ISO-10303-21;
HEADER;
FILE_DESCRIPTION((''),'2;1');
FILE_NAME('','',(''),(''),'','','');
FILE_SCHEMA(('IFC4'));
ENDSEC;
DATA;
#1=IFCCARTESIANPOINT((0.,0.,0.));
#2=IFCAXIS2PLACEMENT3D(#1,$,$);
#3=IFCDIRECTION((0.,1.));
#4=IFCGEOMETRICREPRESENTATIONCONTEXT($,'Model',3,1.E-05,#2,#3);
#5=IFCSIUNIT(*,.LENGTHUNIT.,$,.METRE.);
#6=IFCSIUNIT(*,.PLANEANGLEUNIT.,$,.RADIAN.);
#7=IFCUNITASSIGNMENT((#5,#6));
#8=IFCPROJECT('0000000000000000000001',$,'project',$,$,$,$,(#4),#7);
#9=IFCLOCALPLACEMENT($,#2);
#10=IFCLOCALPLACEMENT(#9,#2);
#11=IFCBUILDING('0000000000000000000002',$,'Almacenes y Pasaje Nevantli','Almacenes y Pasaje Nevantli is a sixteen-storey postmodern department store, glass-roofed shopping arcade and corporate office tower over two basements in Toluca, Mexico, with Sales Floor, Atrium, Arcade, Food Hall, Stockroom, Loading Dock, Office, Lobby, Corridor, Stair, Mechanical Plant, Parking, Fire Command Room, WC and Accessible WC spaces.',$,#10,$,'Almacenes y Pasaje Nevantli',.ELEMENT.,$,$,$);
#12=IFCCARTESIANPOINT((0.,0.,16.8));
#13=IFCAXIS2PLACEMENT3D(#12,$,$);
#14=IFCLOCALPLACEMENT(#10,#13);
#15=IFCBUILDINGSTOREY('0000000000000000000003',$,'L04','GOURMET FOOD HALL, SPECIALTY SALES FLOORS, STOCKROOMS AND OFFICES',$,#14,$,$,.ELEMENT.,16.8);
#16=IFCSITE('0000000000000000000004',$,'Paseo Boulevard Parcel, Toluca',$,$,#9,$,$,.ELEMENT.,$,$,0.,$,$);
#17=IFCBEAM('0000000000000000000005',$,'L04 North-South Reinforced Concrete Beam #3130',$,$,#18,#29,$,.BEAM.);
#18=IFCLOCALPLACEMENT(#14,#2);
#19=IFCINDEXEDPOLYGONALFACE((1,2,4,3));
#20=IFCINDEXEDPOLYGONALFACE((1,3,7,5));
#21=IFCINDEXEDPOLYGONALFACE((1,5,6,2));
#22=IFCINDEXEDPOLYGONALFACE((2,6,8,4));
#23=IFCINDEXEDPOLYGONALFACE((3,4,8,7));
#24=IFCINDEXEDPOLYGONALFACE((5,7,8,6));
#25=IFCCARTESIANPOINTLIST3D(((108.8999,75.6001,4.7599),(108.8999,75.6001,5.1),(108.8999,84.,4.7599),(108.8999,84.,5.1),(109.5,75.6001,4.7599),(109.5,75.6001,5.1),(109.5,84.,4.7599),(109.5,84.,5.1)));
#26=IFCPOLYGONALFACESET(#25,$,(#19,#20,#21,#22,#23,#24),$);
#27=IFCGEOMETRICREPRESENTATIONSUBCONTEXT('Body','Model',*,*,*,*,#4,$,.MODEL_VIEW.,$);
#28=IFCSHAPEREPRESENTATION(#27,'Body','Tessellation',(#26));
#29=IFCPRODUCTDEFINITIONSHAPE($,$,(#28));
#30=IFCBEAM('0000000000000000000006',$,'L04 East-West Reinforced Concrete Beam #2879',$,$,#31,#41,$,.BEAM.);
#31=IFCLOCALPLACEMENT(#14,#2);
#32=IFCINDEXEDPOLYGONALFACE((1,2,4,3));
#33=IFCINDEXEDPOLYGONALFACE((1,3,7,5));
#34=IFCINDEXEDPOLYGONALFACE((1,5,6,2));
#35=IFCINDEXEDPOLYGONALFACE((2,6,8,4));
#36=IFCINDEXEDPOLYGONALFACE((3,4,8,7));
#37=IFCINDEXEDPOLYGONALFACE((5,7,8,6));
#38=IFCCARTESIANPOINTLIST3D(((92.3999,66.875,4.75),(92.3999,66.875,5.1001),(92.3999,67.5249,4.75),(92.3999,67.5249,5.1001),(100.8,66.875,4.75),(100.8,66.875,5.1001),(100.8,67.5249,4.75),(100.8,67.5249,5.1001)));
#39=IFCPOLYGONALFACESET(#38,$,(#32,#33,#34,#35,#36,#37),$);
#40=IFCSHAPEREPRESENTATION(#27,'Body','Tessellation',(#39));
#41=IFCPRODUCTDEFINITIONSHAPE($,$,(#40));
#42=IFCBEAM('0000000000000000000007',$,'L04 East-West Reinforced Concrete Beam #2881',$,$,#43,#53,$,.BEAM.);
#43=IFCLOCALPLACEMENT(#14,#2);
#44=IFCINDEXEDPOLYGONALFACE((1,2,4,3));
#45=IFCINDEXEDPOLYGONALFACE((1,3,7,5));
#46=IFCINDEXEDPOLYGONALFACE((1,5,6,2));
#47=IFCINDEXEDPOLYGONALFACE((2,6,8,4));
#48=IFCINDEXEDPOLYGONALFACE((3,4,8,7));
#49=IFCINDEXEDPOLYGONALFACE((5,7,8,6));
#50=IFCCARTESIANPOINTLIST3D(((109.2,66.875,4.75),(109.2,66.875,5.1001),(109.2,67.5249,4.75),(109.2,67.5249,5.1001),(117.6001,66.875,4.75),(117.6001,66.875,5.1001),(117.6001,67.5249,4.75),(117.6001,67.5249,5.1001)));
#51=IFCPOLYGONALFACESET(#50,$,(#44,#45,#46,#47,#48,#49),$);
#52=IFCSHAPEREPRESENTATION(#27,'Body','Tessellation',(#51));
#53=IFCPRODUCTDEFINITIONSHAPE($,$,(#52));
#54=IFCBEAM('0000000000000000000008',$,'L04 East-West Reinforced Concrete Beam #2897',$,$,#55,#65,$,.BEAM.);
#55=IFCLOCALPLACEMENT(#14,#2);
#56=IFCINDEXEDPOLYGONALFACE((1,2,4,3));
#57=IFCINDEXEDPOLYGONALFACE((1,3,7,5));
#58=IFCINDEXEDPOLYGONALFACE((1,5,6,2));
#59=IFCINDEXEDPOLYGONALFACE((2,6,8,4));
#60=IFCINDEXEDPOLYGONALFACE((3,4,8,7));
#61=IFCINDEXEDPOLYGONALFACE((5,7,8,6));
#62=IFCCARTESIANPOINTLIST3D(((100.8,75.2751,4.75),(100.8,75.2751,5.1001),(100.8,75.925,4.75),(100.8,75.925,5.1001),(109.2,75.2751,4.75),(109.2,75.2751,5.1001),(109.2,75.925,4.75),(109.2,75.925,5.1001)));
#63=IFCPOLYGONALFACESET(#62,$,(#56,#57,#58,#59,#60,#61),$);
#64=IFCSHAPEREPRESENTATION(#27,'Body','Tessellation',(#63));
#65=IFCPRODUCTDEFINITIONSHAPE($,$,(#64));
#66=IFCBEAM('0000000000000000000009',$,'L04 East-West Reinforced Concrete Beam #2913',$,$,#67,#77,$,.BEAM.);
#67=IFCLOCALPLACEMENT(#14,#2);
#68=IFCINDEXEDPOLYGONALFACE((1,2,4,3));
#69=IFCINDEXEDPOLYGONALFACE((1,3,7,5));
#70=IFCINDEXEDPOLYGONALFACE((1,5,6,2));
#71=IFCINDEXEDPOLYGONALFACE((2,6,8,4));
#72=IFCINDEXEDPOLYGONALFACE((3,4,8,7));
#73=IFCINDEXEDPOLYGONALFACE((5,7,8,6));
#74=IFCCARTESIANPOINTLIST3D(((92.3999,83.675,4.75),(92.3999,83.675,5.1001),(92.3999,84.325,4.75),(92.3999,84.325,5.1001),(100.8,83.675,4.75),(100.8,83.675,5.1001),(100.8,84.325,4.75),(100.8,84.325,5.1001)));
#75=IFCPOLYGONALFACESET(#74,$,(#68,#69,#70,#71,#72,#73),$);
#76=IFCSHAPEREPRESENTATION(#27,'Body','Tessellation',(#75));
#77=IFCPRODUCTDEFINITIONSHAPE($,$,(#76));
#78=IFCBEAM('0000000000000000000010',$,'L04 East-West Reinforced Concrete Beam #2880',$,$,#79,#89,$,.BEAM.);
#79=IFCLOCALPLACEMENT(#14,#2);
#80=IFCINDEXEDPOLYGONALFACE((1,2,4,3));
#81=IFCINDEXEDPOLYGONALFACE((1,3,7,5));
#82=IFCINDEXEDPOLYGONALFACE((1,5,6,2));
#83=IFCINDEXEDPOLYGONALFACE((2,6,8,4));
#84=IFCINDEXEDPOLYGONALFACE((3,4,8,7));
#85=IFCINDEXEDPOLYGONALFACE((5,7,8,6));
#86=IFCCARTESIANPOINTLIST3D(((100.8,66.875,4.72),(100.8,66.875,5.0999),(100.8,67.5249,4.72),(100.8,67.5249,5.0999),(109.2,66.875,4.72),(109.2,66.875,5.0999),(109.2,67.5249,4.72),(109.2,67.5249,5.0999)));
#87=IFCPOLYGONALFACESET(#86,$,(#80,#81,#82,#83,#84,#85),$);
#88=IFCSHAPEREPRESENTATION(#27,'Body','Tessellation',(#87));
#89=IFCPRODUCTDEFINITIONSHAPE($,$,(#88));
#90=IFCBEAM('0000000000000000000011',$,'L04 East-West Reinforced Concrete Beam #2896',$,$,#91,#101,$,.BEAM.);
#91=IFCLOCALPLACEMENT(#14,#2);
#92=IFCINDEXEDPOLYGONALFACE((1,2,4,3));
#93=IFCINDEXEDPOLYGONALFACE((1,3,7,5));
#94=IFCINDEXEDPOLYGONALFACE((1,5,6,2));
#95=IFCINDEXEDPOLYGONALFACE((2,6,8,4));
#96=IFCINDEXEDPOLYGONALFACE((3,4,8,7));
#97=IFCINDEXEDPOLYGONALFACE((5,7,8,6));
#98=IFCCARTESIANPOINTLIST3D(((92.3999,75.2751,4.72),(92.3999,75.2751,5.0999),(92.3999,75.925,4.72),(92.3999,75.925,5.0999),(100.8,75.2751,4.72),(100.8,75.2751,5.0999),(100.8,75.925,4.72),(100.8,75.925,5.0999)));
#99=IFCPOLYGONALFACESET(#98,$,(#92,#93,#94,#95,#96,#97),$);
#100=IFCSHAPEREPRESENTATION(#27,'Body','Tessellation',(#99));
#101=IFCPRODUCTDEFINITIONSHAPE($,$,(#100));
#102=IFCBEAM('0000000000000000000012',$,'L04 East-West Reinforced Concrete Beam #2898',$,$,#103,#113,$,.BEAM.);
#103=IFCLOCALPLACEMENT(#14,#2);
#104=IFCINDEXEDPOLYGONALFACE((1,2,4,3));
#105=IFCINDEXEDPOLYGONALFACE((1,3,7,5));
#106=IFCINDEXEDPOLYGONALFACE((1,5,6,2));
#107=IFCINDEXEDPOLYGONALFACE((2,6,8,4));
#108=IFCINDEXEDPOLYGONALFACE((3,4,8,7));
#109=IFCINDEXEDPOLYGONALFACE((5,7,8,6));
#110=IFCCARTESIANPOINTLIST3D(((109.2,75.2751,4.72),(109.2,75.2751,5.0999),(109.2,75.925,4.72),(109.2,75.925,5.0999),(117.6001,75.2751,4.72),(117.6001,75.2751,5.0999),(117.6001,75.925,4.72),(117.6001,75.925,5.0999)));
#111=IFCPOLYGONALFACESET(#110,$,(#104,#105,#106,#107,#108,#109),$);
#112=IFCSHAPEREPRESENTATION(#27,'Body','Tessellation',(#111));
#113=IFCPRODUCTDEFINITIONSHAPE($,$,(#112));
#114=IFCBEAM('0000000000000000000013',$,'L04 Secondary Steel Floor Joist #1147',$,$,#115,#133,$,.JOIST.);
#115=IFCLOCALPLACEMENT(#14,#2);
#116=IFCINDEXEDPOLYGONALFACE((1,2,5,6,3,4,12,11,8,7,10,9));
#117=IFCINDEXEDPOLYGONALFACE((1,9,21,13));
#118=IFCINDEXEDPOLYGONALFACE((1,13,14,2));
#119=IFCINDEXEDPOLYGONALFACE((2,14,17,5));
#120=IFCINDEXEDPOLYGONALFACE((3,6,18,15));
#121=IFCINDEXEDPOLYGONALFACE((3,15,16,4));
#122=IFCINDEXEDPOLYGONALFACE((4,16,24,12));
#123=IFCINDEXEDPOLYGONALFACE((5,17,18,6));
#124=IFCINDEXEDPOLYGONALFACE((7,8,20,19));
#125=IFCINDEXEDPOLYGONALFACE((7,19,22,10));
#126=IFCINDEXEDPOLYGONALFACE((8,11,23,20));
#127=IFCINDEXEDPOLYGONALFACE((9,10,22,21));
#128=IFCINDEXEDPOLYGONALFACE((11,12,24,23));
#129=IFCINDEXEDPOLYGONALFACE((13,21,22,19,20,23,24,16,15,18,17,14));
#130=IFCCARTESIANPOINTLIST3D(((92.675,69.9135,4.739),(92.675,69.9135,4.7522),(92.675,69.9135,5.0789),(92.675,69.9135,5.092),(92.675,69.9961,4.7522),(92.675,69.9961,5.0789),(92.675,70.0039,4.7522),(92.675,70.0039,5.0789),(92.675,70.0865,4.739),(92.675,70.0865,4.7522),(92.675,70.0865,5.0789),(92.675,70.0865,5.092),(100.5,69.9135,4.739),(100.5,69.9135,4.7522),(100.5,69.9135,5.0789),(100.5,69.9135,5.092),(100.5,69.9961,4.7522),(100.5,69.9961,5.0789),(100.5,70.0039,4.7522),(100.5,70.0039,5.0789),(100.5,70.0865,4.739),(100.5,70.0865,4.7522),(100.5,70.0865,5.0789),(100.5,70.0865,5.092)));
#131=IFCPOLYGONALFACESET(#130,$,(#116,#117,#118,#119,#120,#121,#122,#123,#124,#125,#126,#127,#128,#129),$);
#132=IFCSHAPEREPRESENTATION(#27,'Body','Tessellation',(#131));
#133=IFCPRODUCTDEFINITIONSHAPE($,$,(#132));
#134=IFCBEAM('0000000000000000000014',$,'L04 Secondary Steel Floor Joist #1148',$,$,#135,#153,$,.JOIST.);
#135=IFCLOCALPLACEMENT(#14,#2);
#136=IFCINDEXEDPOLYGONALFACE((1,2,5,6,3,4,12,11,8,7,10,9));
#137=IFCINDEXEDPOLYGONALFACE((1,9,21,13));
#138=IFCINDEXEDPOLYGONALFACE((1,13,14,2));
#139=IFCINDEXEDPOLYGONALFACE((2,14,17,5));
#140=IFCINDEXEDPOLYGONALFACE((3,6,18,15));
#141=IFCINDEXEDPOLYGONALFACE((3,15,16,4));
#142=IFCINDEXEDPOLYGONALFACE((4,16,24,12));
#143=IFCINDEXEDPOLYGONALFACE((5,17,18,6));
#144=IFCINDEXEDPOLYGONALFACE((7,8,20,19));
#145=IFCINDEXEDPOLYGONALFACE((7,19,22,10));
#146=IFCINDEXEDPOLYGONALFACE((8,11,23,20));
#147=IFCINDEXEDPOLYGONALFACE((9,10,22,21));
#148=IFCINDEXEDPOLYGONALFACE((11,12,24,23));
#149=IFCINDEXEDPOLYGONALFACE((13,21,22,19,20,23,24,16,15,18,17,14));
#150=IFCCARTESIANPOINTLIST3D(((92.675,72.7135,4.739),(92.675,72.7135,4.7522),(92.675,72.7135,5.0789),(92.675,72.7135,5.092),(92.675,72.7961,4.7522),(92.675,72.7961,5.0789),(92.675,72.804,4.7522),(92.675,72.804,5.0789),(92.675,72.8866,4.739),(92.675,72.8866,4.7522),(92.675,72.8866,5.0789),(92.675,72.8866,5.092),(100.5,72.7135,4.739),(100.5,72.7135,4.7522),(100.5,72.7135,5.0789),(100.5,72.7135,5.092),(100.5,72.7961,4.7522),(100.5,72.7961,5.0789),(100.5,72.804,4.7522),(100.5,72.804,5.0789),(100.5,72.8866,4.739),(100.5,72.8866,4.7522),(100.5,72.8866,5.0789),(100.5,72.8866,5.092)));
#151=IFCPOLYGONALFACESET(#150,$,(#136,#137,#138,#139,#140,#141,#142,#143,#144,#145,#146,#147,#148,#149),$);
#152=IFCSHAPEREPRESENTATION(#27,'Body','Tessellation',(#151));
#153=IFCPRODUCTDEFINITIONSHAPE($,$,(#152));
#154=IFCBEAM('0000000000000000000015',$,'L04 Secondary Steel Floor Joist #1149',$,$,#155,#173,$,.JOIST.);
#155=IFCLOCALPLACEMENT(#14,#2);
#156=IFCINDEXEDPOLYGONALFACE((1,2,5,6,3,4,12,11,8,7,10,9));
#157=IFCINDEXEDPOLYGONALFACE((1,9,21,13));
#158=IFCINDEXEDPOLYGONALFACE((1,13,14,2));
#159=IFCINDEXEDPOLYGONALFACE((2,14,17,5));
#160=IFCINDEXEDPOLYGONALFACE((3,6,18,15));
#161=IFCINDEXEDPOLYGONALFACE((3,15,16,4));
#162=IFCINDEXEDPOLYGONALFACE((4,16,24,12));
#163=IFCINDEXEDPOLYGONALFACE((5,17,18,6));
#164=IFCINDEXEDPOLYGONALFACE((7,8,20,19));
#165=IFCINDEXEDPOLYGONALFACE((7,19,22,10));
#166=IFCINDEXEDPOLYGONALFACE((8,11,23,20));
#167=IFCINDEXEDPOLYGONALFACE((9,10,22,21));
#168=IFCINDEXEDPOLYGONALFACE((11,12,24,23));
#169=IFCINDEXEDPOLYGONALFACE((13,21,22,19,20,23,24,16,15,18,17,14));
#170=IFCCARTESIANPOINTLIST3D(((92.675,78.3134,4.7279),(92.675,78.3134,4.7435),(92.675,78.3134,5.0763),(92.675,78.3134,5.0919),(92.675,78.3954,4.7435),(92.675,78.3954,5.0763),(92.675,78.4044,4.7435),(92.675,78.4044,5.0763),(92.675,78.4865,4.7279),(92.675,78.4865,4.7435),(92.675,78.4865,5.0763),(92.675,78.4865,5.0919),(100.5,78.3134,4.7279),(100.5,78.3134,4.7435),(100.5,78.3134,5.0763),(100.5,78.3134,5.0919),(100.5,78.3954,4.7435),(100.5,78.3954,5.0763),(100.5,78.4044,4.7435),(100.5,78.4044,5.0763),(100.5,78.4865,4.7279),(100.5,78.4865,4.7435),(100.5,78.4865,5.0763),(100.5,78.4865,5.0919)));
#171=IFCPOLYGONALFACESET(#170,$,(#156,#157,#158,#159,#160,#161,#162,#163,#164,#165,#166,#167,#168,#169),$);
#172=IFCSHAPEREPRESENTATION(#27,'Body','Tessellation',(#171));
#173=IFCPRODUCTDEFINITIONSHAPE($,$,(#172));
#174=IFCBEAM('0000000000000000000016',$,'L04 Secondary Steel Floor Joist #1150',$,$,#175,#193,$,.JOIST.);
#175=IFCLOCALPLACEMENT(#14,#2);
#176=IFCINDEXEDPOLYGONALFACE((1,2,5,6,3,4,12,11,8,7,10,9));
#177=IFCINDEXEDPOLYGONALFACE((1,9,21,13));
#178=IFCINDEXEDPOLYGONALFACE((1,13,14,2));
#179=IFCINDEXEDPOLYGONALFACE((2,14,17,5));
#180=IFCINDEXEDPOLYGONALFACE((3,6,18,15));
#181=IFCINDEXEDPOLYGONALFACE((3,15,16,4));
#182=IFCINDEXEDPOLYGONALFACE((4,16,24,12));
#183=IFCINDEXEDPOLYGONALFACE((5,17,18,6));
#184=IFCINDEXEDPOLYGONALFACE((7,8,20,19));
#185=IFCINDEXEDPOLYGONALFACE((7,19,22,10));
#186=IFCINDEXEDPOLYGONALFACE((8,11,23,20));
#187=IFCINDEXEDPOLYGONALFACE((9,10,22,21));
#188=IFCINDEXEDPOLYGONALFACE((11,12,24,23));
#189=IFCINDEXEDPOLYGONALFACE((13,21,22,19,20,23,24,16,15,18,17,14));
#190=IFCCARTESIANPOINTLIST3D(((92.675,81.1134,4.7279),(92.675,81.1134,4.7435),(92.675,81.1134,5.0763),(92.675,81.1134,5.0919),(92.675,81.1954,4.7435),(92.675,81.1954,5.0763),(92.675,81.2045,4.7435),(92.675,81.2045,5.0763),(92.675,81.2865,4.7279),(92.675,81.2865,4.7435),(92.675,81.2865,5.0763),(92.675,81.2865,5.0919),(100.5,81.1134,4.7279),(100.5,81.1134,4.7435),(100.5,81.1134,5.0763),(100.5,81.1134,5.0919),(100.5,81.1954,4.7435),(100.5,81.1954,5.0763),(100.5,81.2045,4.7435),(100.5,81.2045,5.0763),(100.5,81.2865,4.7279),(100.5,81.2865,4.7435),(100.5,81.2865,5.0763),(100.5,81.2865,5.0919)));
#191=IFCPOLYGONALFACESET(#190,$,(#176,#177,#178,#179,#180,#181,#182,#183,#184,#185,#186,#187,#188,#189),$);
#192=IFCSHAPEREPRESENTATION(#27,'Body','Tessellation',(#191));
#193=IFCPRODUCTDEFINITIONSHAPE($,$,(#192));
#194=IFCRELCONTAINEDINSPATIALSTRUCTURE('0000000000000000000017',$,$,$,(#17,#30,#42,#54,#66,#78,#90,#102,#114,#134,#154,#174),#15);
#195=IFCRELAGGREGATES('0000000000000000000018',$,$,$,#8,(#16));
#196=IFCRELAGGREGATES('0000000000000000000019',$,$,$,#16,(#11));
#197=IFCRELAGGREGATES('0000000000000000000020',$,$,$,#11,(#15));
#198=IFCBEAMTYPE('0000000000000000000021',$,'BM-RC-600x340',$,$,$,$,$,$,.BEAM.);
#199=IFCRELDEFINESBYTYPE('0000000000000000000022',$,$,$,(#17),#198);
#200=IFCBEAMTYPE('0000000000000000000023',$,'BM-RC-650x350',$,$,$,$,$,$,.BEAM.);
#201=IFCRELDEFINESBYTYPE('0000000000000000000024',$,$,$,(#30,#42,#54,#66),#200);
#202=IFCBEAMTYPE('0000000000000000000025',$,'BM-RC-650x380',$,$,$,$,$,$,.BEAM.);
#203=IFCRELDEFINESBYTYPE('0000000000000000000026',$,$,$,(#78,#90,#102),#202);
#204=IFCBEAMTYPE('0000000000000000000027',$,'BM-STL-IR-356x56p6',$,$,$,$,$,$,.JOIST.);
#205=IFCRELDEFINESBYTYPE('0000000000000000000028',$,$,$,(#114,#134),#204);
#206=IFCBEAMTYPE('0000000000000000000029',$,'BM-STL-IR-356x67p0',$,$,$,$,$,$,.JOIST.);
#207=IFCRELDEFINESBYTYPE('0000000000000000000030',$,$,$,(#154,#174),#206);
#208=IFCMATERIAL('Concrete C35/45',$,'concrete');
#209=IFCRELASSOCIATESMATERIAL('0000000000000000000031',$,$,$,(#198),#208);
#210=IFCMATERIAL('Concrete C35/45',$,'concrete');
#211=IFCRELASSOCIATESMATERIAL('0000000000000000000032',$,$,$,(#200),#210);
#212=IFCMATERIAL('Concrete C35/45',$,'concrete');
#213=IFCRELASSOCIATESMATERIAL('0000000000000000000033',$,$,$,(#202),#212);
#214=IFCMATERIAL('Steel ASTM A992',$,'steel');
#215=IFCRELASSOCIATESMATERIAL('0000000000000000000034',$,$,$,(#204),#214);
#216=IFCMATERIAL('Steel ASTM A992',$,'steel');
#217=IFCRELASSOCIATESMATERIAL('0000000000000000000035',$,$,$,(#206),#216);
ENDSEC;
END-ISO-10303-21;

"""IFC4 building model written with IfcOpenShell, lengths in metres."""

from ifc_helpers import new_model, si_unit, direction, frame, origin, origin_2d, place, context, subcontext, project, spatial, rectangle, i_section, extrude, material, material_profile, profile_set, type_object, element, save


model = new_model("IFC4")

# Units and contexts
model_context = context("Model", 3, precision=1e-05, world=origin(), true_north=direction((0.0, 1.0)))
body_context = subcontext(model_context, "Body", "Model", "MODEL_VIEW")
ifc_project = project(units=[si_unit("LENGTHUNIT", "METRE"), si_unit("PLANEANGLEUNIT", "RADIAN")], contexts=[model_context])

# Site, building, storey
site_placement = place(None, origin())
site = spatial("IfcSite", under=ifc_project, at=site_placement, Name="Paseo Boulevard Parcel, Toluca", CompositionType="ELEMENT", RefElevation=0.0)
building_placement = place(site_placement, origin())
building = spatial("IfcBuilding", under=site, at=building_placement, Name="Almacenes y Pasaje Nevantli", Description="Almacenes y Pasaje Nevantli is a sixteen-storey postmodern department store, glass-roofed shopping arcade and corporate office tower over two basements in Toluca, Mexico, with Sales Floor, Atrium, Arcade, Food Hall, Stockroom, Loading Dock, Office, Lobby, Corridor, Stair, Mechanical Plant, Parking, Fire Command Room, WC and Accessible WC spaces.", LongName="Almacenes y Pasaje Nevantli", CompositionType="ELEMENT")
storey_placement = place(building_placement, frame((0.0, 0.0, 16.8)))
storey = spatial("IfcBuildingStorey", under=building, at=storey_placement, Name="L04", Description="GOURMET FOOD HALL, SPECIALTY SALES FLOORS, STOCKROOMS AND OFFICES", CompositionType="ELEMENT", Elevation=16.8)

# Beams
ifc_material_1 = material(Name="Concrete C35/45", Category="concrete")
ifc_material_profile_1 = material_profile(ifc_material_1, rectangle(XDim=0.6001, YDim=0.3401, at=origin_2d()), Name="RC-BM-600x340")
ifc_profile_set_1 = profile_set([ifc_material_profile_1], Name="Concrete C35/45")
beam_type_1 = type_object("IfcBeamType", Name="BM-RC-600x340", PredefinedType="BEAM", material=ifc_profile_set_1)
beam_1_placement = place(storey_placement, frame((109.2, 75.6001, 4.9299), z_axis=(0.0, 1.0, 0.0), x_axis=(-1.0, 0.0, 0.0)))
element("IfcBeam", 1, at=beam_1_placement, inside=storey, type_object=beam_type_1, Name="L04 North-South Reinforced Concrete Beam #3130", PredefinedType="BEAM", context=body_context, shape_type="SweptSolid", body=[
    extrude(rectangle(XDim=0.6001, YDim=0.3401, at=origin_2d()), origin(), (0.0, 0.0, 1.0), 8.3999),
])
ifc_material_2 = material(Name="Concrete C35/45", Category="concrete")
ifc_material_profile_2 = material_profile(ifc_material_2, rectangle(XDim=0.6499, YDim=0.3501, at=origin_2d()), Name="RC-BM-650x350")
ifc_profile_set_2 = profile_set([ifc_material_profile_2], Name="Concrete C35/45")
beam_type_2 = type_object("IfcBeamType", Name="BM-RC-650x350", PredefinedType="BEAM", material=ifc_profile_set_2)
for number, where, z_axis, x_axis, name in (
    (2, (92.3999, 67.2, 4.925), (1.0, 0.0, 0.0), (0.0, 1.0, 0.0), "L04 East-West Reinforced Concrete Beam #2879"),
    (3, (109.2, 67.2, 4.925), (1.0, 0.0, 0.0), (0.0, 1.0, 0.0), "L04 East-West Reinforced Concrete Beam #2881"),
):
    element("IfcBeam", number, at=place(storey_placement, frame(where, z_axis=z_axis, x_axis=x_axis)), inside=storey, type_object=beam_type_2, Name=name, PredefinedType="BEAM", context=body_context, shape_type="SweptSolid", body=[
        extrude(rectangle(XDim=0.6499, YDim=0.3501, at=origin_2d()), origin(), (0.0, 0.0, 1.0), 8.4001),
    ])
beam_2_placement = place(storey_placement, frame((100.8, 75.6001, 4.925), z_axis=(1.0, 0.0, 0.0), x_axis=(0.0, 1.0, 0.0)))
element("IfcBeam", 4, at=beam_2_placement, inside=storey, type_object=beam_type_2, Name="L04 East-West Reinforced Concrete Beam #2897", PredefinedType="BEAM", context=body_context, shape_type="SweptSolid", body=[
    extrude(rectangle(XDim=0.6499, YDim=0.3501, at=origin_2d()), origin(), (0.0, 0.0, 1.0), 8.3999),
])
beam_3_placement = place(storey_placement, frame((92.3999, 84.0, 4.925), z_axis=(1.0, 0.0, 0.0), x_axis=(0.0, 1.0, 0.0)))
element("IfcBeam", 5, at=beam_3_placement, inside=storey, type_object=beam_type_2, Name="L04 East-West Reinforced Concrete Beam #2913", PredefinedType="BEAM", context=body_context, shape_type="SweptSolid", body=[
    extrude(rectangle(XDim=0.6499, YDim=0.3501, at=origin_2d()), origin(), (0.0, 0.0, 1.0), 8.4001),
])
ifc_material_3 = material(Name="Concrete C35/45", Category="concrete")
ifc_material_profile_3 = material_profile(ifc_material_3, rectangle(XDim=0.6499, YDim=0.3799, at=origin_2d()), Name="RC-BM-650x380")
ifc_profile_set_3 = profile_set([ifc_material_profile_3], Name="Concrete C35/45")
beam_type_3 = type_object("IfcBeamType", Name="BM-RC-650x380", PredefinedType="BEAM", material=ifc_profile_set_3)
beam_4_placement = place(storey_placement, frame((100.8, 67.2, 4.9099), z_axis=(1.0, 0.0, 0.0), x_axis=(0.0, 1.0, 0.0)))
element("IfcBeam", 6, at=beam_4_placement, inside=storey, type_object=beam_type_3, Name="L04 East-West Reinforced Concrete Beam #2880", PredefinedType="BEAM", context=body_context, shape_type="SweptSolid", body=[
    extrude(rectangle(XDim=0.6499, YDim=0.3799, at=origin_2d()), origin(), (0.0, 0.0, 1.0), 8.3999),
])
for number, where, z_axis, x_axis, name in (
    (7, (92.3999, 75.6001, 4.9099), (1.0, 0.0, 0.0), (0.0, 1.0, 0.0), "L04 East-West Reinforced Concrete Beam #2896"),
    (8, (109.2, 75.6001, 4.9099), (1.0, 0.0, 0.0), (0.0, 1.0, 0.0), "L04 East-West Reinforced Concrete Beam #2898"),
):
    element("IfcBeam", number, at=place(storey_placement, frame(where, z_axis=z_axis, x_axis=x_axis)), inside=storey, type_object=beam_type_3, Name=name, PredefinedType="BEAM", context=body_context, shape_type="SweptSolid", body=[
        extrude(rectangle(XDim=0.6499, YDim=0.3799, at=origin_2d()), origin(), (0.0, 0.0, 1.0), 8.4001),
    ])
ifc_material_4 = material(Name="Steel ASTM A992", Category="steel")
ifc_material_profile_4 = material_profile(ifc_material_4, i_section(OverallWidth=0.1731, OverallDepth=0.353, WebThickness=0.0078, FlangeThickness=0.0132, at=origin_2d()), Name="IR 356x56.6")
ifc_profile_set_4 = profile_set([ifc_material_profile_4], Name="Steel ASTM A992")
beam_type_4 = type_object("IfcBeamType", Name="BM-STL-IR-356x56p6", PredefinedType="JOIST", material=ifc_profile_set_4)
for number, where, z_axis, x_axis, name in (
    (9, (92.675, 70.0, 4.9155), (1.0, 0.0, 0.0), (0.0, 1.0, 0.0), "L04 Secondary Steel Floor Joist #1147"),
    (10, (92.675, 72.8, 4.9155), (1.0, 0.0, 0.0), (0.0, 1.0, 0.0), "L04 Secondary Steel Floor Joist #1148"),
):
    element("IfcBeam", number, at=place(storey_placement, frame(where, z_axis=z_axis, x_axis=x_axis)), inside=storey, type_object=beam_type_4, Name=name, PredefinedType="JOIST", context=body_context, shape_type="SweptSolid", body=[
        extrude(i_section(OverallWidth=0.1731, OverallDepth=0.353, WebThickness=0.0078, FlangeThickness=0.0132, at=origin_2d()), origin(), (0.0, 0.0, 1.0), 7.825),
    ])
ifc_material_5 = material(Name="Steel ASTM A992", Category="steel")
ifc_material_profile_5 = material_profile(ifc_material_5, i_section(OverallWidth=0.1731, OverallDepth=0.364, WebThickness=0.009, FlangeThickness=0.0156, at=origin_2d()), Name="IR 356x67.0")
ifc_profile_set_5 = profile_set([ifc_material_profile_5], Name="Steel ASTM A992")
beam_type_5 = type_object("IfcBeamType", Name="BM-STL-IR-356x67p0", PredefinedType="JOIST", material=ifc_profile_set_5)
for number, where, z_axis, x_axis, name in (
    (11, (92.675, 78.3999, 4.9099), (1.0, 0.0, 0.0), (0.0, 1.0, 0.0), "L04 Secondary Steel Floor Joist #1149"),
    (12, (92.675, 81.2, 4.9099), (1.0, 0.0, 0.0), (0.0, 1.0, 0.0), "L04 Secondary Steel Floor Joist #1150"),
):
    element("IfcBeam", number, at=place(storey_placement, frame(where, z_axis=z_axis, x_axis=x_axis)), inside=storey, type_object=beam_type_5, Name=name, PredefinedType="JOIST", context=body_context, shape_type="SweptSolid", body=[
        extrude(i_section(OverallWidth=0.1731, OverallDepth=0.364, WebThickness=0.009, FlangeThickness=0.0156, at=origin_2d()), origin(), (0.0, 0.0, 1.0), 7.825),
    ])

save(model, "model.ifc")
